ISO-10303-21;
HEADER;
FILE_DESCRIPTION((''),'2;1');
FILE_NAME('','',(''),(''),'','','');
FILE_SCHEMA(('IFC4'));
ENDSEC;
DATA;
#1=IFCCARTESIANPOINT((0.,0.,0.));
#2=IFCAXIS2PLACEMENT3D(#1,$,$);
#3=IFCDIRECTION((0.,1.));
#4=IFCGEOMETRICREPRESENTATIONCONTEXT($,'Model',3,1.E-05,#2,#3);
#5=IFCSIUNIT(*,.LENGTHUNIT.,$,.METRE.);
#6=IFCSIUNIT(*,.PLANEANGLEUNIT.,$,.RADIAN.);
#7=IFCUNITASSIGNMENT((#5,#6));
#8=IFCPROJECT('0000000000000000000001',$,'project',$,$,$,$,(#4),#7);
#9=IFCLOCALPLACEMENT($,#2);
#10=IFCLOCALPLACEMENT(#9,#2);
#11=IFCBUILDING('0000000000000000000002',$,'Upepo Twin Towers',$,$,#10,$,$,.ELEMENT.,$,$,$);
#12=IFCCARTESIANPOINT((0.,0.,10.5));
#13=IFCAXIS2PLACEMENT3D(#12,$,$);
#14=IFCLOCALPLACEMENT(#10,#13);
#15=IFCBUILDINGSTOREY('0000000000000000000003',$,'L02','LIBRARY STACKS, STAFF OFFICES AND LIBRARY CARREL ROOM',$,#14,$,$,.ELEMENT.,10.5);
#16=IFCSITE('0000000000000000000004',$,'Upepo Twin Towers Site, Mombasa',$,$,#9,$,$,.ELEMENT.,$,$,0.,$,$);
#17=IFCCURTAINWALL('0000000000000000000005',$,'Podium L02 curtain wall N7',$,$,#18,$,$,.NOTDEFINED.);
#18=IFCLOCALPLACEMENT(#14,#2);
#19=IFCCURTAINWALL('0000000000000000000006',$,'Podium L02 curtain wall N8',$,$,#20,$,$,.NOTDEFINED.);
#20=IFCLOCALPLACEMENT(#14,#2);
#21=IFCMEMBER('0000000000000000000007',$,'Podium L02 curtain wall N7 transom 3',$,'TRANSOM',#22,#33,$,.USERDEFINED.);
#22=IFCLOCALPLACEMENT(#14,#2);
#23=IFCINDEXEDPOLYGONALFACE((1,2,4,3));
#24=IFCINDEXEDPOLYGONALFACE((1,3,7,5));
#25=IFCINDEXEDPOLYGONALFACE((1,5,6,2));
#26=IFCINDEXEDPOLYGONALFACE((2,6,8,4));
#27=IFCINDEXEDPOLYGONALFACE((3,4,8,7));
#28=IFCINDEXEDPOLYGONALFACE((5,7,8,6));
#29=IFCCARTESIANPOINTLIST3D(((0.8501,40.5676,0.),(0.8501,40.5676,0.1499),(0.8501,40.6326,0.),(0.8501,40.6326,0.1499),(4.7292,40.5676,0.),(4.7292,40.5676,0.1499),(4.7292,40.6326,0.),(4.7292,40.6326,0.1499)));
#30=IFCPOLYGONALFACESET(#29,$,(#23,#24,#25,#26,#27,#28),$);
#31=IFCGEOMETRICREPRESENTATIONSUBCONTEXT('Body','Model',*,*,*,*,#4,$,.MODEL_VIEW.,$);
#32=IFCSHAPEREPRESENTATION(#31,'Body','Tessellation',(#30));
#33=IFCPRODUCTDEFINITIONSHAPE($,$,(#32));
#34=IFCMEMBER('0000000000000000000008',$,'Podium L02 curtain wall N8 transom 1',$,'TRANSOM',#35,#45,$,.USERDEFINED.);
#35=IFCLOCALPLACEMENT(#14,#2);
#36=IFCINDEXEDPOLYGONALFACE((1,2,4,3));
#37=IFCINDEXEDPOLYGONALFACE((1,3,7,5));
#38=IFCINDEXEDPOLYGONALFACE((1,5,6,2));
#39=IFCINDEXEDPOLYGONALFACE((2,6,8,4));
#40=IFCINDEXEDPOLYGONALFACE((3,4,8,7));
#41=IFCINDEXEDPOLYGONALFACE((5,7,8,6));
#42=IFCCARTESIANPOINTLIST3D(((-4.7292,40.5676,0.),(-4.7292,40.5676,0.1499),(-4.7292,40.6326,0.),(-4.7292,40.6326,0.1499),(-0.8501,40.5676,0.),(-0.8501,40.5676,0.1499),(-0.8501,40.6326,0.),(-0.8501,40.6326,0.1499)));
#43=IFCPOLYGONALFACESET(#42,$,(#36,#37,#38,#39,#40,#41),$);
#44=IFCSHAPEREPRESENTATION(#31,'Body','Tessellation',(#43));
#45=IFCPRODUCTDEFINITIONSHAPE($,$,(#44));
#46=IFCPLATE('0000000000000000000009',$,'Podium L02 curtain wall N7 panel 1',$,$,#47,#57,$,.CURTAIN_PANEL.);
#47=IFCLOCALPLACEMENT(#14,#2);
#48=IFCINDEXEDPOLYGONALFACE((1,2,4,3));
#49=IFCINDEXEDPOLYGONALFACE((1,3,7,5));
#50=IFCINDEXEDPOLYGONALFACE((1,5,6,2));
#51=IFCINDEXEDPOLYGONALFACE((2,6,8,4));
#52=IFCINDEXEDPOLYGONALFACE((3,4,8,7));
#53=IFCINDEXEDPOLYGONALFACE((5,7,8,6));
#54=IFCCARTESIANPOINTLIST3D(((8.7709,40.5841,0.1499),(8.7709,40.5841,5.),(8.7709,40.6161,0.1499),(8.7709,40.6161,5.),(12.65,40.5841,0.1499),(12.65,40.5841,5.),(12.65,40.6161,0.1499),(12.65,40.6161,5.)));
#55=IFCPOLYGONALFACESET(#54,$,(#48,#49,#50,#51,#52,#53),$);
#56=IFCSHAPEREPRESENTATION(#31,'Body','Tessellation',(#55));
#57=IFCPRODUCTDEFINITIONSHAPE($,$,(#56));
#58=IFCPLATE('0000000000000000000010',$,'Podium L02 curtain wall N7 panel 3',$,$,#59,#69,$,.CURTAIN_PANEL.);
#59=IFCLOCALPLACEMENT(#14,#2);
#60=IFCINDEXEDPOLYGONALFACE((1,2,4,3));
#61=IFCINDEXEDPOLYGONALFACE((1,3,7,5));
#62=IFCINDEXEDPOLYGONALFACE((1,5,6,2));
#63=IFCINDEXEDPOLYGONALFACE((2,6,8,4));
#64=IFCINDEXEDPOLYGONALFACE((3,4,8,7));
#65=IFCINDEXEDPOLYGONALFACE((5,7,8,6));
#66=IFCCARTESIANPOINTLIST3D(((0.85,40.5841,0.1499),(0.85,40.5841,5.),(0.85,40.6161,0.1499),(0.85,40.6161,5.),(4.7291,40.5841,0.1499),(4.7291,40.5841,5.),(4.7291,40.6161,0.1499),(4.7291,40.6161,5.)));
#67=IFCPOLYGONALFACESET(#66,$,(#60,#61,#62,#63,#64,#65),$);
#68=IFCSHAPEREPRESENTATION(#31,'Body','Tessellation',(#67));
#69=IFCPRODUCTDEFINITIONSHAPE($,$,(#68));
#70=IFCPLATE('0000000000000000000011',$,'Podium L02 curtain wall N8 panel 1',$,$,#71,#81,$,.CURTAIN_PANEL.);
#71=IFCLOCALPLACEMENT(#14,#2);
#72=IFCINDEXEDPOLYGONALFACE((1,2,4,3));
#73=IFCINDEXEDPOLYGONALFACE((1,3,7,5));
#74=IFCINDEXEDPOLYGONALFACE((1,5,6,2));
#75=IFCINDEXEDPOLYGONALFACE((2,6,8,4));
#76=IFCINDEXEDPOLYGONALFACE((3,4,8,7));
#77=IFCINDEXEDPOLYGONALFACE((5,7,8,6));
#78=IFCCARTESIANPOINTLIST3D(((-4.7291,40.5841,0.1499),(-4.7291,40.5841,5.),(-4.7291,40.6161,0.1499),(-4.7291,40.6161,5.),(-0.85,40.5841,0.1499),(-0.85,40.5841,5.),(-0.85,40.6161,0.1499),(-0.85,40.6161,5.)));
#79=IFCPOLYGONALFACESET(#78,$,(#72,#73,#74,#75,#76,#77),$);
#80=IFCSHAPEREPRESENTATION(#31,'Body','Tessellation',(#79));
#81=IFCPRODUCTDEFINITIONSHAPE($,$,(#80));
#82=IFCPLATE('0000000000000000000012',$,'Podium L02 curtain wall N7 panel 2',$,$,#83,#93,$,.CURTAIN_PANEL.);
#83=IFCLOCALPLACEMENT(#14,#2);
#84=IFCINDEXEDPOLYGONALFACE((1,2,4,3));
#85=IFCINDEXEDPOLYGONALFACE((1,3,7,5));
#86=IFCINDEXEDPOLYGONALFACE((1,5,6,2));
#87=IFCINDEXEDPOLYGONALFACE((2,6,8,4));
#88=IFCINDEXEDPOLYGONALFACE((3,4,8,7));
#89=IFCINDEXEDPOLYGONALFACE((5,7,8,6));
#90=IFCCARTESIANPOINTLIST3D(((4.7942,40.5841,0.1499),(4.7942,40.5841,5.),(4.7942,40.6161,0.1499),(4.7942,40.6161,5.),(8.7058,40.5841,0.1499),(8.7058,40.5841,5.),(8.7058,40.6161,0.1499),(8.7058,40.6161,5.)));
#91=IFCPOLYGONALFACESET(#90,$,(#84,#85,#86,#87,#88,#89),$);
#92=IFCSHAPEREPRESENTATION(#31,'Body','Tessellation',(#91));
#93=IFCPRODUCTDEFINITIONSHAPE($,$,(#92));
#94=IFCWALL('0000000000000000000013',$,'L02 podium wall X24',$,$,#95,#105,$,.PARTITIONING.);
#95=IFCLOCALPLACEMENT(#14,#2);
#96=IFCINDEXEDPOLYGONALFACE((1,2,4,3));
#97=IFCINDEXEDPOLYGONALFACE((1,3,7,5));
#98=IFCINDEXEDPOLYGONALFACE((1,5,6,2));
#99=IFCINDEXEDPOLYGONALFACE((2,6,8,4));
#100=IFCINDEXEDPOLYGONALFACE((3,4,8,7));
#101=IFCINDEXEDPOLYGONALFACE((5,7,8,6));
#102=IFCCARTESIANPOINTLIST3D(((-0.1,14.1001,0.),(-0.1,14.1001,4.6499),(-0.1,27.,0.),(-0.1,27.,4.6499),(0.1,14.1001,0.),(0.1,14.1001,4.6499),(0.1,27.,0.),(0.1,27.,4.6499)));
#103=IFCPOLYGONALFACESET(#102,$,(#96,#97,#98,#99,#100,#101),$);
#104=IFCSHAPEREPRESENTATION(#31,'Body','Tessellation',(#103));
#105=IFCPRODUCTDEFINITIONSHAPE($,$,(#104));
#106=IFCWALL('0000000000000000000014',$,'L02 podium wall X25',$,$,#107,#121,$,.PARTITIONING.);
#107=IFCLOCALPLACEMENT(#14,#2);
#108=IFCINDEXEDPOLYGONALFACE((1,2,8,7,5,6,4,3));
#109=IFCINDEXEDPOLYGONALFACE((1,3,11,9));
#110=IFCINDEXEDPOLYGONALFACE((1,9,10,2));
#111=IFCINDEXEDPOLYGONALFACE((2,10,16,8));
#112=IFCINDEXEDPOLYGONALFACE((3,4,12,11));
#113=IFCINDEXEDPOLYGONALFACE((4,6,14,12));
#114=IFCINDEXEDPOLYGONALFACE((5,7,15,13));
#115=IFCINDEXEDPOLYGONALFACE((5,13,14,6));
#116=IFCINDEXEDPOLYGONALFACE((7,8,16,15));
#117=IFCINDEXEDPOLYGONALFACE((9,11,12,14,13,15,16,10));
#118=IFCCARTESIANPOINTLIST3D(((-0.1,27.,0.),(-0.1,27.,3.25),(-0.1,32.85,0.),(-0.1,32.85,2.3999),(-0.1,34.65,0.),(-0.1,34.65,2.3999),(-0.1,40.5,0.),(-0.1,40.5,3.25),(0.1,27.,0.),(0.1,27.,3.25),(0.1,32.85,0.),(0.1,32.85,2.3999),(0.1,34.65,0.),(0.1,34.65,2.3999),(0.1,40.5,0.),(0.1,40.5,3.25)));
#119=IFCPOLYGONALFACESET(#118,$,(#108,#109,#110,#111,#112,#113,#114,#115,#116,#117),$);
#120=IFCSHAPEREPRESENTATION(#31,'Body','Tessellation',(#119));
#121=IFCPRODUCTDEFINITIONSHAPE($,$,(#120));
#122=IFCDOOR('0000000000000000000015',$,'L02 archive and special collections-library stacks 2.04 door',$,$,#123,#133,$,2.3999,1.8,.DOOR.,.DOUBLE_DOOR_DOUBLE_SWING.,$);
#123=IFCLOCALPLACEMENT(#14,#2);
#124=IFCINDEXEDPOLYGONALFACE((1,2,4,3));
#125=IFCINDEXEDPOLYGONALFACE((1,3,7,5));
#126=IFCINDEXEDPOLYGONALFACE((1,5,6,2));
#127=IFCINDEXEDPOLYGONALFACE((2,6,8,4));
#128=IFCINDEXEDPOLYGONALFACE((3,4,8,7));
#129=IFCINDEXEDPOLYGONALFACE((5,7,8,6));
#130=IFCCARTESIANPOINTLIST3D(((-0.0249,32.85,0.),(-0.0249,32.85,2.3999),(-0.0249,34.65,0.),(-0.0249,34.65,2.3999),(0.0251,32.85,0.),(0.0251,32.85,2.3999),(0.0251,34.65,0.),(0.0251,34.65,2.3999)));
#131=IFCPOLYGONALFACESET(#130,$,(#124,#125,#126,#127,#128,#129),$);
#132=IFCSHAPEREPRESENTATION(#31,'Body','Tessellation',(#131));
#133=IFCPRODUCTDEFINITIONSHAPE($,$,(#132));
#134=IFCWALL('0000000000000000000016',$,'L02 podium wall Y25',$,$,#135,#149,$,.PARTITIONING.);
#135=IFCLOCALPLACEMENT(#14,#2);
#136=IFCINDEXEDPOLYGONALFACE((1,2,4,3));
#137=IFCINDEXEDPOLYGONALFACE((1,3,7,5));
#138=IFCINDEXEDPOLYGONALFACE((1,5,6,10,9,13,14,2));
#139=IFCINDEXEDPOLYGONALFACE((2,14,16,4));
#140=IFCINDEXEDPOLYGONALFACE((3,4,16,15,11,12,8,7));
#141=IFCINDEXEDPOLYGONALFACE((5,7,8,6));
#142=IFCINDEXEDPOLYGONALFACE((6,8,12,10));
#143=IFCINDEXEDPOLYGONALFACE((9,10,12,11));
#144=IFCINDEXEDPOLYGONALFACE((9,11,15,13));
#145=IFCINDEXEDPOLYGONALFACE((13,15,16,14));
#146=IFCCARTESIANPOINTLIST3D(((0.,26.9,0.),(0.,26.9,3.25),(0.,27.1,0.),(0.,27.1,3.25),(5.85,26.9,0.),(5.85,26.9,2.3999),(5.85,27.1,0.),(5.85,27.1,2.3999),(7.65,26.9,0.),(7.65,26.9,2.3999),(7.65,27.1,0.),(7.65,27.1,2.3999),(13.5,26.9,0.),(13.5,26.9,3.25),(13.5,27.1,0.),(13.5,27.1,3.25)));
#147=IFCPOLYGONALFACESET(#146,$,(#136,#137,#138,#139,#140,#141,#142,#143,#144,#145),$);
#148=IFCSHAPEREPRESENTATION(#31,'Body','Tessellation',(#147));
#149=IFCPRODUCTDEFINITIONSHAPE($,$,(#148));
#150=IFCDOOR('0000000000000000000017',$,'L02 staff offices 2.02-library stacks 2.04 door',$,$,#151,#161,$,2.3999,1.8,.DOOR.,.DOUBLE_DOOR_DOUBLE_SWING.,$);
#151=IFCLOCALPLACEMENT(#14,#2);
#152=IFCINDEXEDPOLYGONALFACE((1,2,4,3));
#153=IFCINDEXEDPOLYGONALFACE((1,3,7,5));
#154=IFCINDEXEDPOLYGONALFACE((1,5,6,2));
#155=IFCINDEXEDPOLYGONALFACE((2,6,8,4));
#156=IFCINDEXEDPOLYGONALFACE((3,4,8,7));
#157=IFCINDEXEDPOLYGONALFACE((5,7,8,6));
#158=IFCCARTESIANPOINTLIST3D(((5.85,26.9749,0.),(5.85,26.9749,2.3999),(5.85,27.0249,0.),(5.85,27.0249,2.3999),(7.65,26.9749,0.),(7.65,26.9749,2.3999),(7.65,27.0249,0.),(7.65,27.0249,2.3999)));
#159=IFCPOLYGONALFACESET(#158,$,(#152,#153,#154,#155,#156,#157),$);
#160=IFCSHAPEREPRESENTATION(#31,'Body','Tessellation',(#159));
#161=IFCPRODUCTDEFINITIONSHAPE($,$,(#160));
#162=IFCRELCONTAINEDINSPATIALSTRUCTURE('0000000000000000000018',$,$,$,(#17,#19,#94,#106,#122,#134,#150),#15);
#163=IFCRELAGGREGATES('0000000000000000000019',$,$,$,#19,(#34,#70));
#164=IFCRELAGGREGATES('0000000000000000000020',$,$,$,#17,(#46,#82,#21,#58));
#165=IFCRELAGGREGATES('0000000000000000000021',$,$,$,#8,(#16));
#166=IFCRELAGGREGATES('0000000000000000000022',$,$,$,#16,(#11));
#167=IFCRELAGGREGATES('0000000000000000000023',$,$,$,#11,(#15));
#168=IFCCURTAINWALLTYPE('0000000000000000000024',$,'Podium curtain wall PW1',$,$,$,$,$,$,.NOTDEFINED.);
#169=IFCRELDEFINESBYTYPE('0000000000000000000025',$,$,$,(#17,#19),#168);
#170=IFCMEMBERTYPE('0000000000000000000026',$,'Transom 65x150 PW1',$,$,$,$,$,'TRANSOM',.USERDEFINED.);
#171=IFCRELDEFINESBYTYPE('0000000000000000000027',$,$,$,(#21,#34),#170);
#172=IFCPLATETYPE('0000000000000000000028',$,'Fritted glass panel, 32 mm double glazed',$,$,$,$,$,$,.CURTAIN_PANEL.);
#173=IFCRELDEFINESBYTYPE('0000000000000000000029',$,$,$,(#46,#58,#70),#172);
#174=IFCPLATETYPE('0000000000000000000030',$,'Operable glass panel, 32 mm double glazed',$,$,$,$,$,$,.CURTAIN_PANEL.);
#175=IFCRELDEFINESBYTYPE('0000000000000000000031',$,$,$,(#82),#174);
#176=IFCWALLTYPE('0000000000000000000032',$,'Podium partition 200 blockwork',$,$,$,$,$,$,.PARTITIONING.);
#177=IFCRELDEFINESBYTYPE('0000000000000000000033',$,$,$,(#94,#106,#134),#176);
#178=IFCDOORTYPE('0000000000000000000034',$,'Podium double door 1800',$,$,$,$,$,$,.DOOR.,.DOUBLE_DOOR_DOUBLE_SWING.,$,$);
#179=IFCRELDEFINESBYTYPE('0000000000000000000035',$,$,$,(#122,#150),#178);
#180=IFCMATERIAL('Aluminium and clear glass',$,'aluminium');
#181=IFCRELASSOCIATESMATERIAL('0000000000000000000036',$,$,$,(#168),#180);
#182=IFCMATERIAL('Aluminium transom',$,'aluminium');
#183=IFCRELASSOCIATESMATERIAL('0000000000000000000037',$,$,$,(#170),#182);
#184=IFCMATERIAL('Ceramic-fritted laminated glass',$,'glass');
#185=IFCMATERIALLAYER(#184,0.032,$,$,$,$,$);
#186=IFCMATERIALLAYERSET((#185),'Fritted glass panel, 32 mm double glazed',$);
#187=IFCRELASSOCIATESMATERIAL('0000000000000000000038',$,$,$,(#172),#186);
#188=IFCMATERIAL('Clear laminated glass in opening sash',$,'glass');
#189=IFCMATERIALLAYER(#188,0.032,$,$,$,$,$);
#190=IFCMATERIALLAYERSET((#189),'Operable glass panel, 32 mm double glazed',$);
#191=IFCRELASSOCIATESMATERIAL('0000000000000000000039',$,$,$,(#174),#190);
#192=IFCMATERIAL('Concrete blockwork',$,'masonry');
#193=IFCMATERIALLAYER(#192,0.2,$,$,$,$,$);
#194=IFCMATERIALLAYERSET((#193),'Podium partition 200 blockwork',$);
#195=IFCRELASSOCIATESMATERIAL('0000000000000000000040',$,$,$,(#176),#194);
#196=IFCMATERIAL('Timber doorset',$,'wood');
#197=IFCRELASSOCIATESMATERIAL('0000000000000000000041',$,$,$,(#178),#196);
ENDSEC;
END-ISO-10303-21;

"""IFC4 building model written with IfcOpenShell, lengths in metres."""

from ifc_helpers import new_model, si_unit, direction, frame, frame_2d, origin, origin_2d, place, context, subcontext, project, spatial, rectangle, extrude, material, layer, layer_set, material_profile, profile_set, type_object, element, fill, aggregate, save


model = new_model("IFC4")

# Units and contexts
model_context = context("Model", 3, precision=1e-05, world=origin(), true_north=direction((0.0, 1.0)))
body_context = subcontext(model_context, "Body", "Model", "MODEL_VIEW")
ifc_project = project(units=[si_unit("LENGTHUNIT", "METRE"), si_unit("PLANEANGLEUNIT", "RADIAN")], contexts=[model_context])

# Site, building, storey
site_placement = place(None, origin())
site = spatial("IfcSite", under=ifc_project, at=site_placement, Name="Upepo Twin Towers Site, Mombasa", CompositionType="ELEMENT", RefElevation=0.0)
building_placement = place(site_placement, origin())
building = spatial("IfcBuilding", under=site, at=building_placement, Name="Upepo Twin Towers", CompositionType="ELEMENT")
storey_placement = place(building_placement, frame((0.0, 0.0, 10.5)))
storey = spatial("IfcBuildingStorey", under=building, at=storey_placement, Name="L02", Description="LIBRARY STACKS, STAFF OFFICES AND LIBRARY CARREL ROOM", CompositionType="ELEMENT", Elevation=10.5)

# Curtain wall
ifc_material_1 = material(Name="Aluminium and clear glass", Category="aluminium")
curtain_wall_type = type_object("IfcCurtainWallType", Name="Podium curtain wall PW1", PredefinedType="NOTDEFINED", material=ifc_material_1)
curtain_wall_1_placement = place(storey_placement, origin())
curtain_wall_1 = element("IfcCurtainWall", 1, at=curtain_wall_1_placement, inside=storey, type_object=curtain_wall_type, Name="Podium L02 curtain wall N7", PredefinedType="NOTDEFINED")

# Curtain wall
curtain_wall_2_placement = place(storey_placement, origin())
curtain_wall_2 = element("IfcCurtainWall", 2, at=curtain_wall_2_placement, inside=storey, type_object=curtain_wall_type, Name="Podium L02 curtain wall N8", PredefinedType="NOTDEFINED")

# Members
ifc_material_2 = material(Name="Aluminium transom", Category="aluminium")
ifc_material_profile_1 = material_profile(ifc_material_2, rectangle(XDim=0.0649, YDim=0.1499, at=origin_2d()), Name="TRANSOM 65x150 PODIUM")
ifc_profile_set_1 = profile_set([ifc_material_profile_1], Name="Aluminium transom")
member_type_1 = type_object("IfcMemberType", Name="Transom 65x150 PW1", ElementType="TRANSOM", PredefinedType="USERDEFINED", material=ifc_profile_set_1)
member_1_placement = place(storey_placement, frame((4.7292, 40.6001, 0.075), z_axis=(-1.0, 0.0, 0.0), x_axis=(0.0, -1.0, 0.0)))
member_1 = element("IfcMember", 3, at=member_1_placement, type_object=member_type_1, Name="Podium L02 curtain wall N7 transom 3", ObjectType="TRANSOM", PredefinedType="USERDEFINED", context=body_context, shape_type="SweptSolid", body=[
    extrude(rectangle(XDim=0.0649, YDim=0.1499, at=origin_2d()), origin(), (0.0, 0.0, 1.0), 3.8792),
])
member_2_placement = place(storey_placement, frame((-0.8501, 40.6001, 0.075), z_axis=(-1.0, 0.0, 0.0), x_axis=(0.0, -1.0, 0.0)))
member_2 = element("IfcMember", 4, at=member_2_placement, type_object=member_type_1, Name="Podium L02 curtain wall N8 transom 1", ObjectType="TRANSOM", PredefinedType="USERDEFINED", context=body_context, shape_type="SweptSolid", body=[
    extrude(rectangle(XDim=0.0649, YDim=0.1499, at=origin_2d()), origin(), (0.0, 0.0, 1.0), 3.8792),
])

# Plates
ifc_material_3 = material(Name="Ceramic-fritted laminated glass", Category="glass")
ifc_layer_1 = layer(ifc_material_3, 0.032)
ifc_layer_set_1 = layer_set([ifc_layer_1], Name="Fritted glass panel, 32 mm double glazed")
plate_type_1 = type_object("IfcPlateType", Name="Fritted glass panel, 32 mm double glazed", PredefinedType="CURTAIN_PANEL", material=ifc_layer_set_1)
plate_1_placement = place(storey_placement, frame((10.7104, 40.6001, 0.1499), z_axis=(0.0, 0.0, 1.0), x_axis=(-1.0, 0.0, 0.0)))
plate_1 = element("IfcPlate", 5, at=plate_1_placement, type_object=plate_type_1, Name="Podium L02 curtain wall N7 panel 1", PredefinedType="CURTAIN_PANEL", context=body_context, shape_type="SweptSolid", body=[
    extrude(rectangle(XDim=3.8792, YDim=0.032, at=origin_2d()), origin(), (0.0, 0.0, 1.0), 4.8501),
])
plate_2_placement = place(storey_placement, frame((2.7896, 40.6001, 0.1499), z_axis=(0.0, 0.0, 1.0), x_axis=(-1.0, 0.0, 0.0)))
plate_2 = element("IfcPlate", 6, at=plate_2_placement, type_object=plate_type_1, Name="Podium L02 curtain wall N7 panel 3", PredefinedType="CURTAIN_PANEL", context=body_context, shape_type="SweptSolid", body=[
    extrude(rectangle(XDim=3.8792, YDim=0.032, at=origin_2d()), origin(), (0.0, 0.0, 1.0), 4.8501),
])
plate_3_placement = place(storey_placement, frame((-2.7896, 40.6001, 0.1499), z_axis=(0.0, 0.0, 1.0), x_axis=(-1.0, 0.0, 0.0)))
plate_3 = element("IfcPlate", 7, at=plate_3_placement, type_object=plate_type_1, Name="Podium L02 curtain wall N8 panel 1", PredefinedType="CURTAIN_PANEL", context=body_context, shape_type="SweptSolid", body=[
    extrude(rectangle(XDim=3.8792, YDim=0.032, at=origin_2d()), origin(), (0.0, 0.0, 1.0), 4.8501),
])
aggregate(curtain_wall_2, [member_2, plate_3])
ifc_material_4 = material(Name="Clear laminated glass in opening sash", Category="glass")
ifc_layer_2 = layer(ifc_material_4, 0.032)
ifc_layer_set_2 = layer_set([ifc_layer_2], Name="Operable glass panel, 32 mm double glazed")
plate_type_2 = type_object("IfcPlateType", Name="Operable glass panel, 32 mm double glazed", PredefinedType="CURTAIN_PANEL", material=ifc_layer_set_2)
plate_4_placement = place(storey_placement, frame((6.75, 40.6001, 0.1499), z_axis=(0.0, 0.0, 1.0), x_axis=(-1.0, 0.0, 0.0)))
plate_4 = element("IfcPlate", 8, at=plate_4_placement, type_object=plate_type_2, Name="Podium L02 curtain wall N7 panel 2", PredefinedType="CURTAIN_PANEL", context=body_context, shape_type="SweptSolid", body=[
    extrude(rectangle(XDim=3.9116, YDim=0.032, at=origin_2d()), origin(), (0.0, 0.0, 1.0), 4.8501),
])
aggregate(curtain_wall_1, [plate_1, plate_4, member_1, plate_2])

# Wall
ifc_material_5 = material(Name="Concrete blockwork", Category="masonry")
ifc_layer_3 = layer(ifc_material_5, 0.2)
ifc_layer_set_3 = layer_set([ifc_layer_3], Name="Podium partition 200 blockwork")
wall_type = type_object("IfcWallType", Name="Podium partition 200 blockwork", PredefinedType="PARTITIONING", material=ifc_layer_set_3)
wall_1_placement = place(storey_placement, frame((0.0, 14.1001, 0.0), z_axis=(0.0, 0.0, 1.0), x_axis=(0.0, 1.0, 0.0)))
element("IfcWall", 9, at=wall_1_placement, inside=storey, type_object=wall_type, Name="L02 podium wall X24", PredefinedType="PARTITIONING", context=body_context, shape_type="SweptSolid", body=[
    extrude(rectangle(XDim=12.8999, YDim=0.2, at=frame_2d((6.45, 0.0))), origin(), (0.0, 0.0, 1.0), 4.6499),
])

# Walls, openings, doors
wall_2_placement = place(storey_placement, frame((0.0, 27.0, 0.0), z_axis=(0.0, 0.0, 1.0), x_axis=(0.0, 1.0, 0.0)))
wall_2 = element("IfcWall", 10, at=wall_2_placement, inside=storey, type_object=wall_type, Name="L02 podium wall X25", PredefinedType="PARTITIONING", context=body_context, shape_type="SweptSolid", body=[
    extrude(rectangle(XDim=13.5, YDim=0.2, at=frame_2d((6.75, 0.0))), origin(), (0.0, 0.0, 1.0), 3.25),
])
opening_1_placement = place(wall_2_placement, frame((5.8501, 0.0, 0.0)))
opening_1 = element("IfcOpeningElement", 11, at=opening_1_placement, cuts=wall_2, PredefinedType="OPENING", context=body_context, shape_type="SweptSolid", body=[
    extrude(rectangle(XDim=1.8, YDim=2.3999, at=frame_2d((0.8999, 1.2))), frame((0.0, 0.1099, 0.0), z_axis=(0.0, -1.0, 0.0), x_axis=(1.0, 0.0, 0.0)), (0.0, 0.0, 1.0), 0.22),
])
ifc_material_6 = material(Name="Timber doorset", Category="wood")
door_type = type_object("IfcDoorType", Name="Podium double door 1800", OperationType="DOUBLE_DOOR_DOUBLE_SWING", PredefinedType="DOOR", material=ifc_material_6)
door_1_placement = place(opening_1_placement, origin())
door_1 = element("IfcDoor", 12, at=door_1_placement, inside=storey, type_object=door_type, Name="L02 archive and special collections-library stacks 2.04 door", OperationType="DOUBLE_DOOR_DOUBLE_SWING", OverallHeight=2.3999, OverallWidth=1.8, PredefinedType="DOOR", context=body_context, shape_type="SweptSolid", body=[
    extrude(rectangle(XDim=1.8, YDim=2.3999, at=frame_2d((0.8999, 1.2))), frame((0.0, 0.0249, 0.0), z_axis=(0.0, -1.0, 0.0), x_axis=(1.0, 0.0, 0.0)), (0.0, 0.0, 1.0), 0.05),
])
fill(opening_1, door_1)
wall_3_placement = place(storey_placement, frame((0.0, 27.0, 0.0), z_axis=(0.0, 0.0, 1.0), x_axis=(1.0, 0.0, 0.0)))
wall_3 = element("IfcWall", 13, at=wall_3_placement, inside=storey, type_object=wall_type, Name="L02 podium wall Y25", PredefinedType="PARTITIONING", context=body_context, shape_type="SweptSolid", body=[
    extrude(rectangle(XDim=13.5, YDim=0.2, at=frame_2d((6.75, 0.0))), origin(), (0.0, 0.0, 1.0), 3.25),
])
opening_2_placement = place(wall_3_placement, frame((5.8501, 0.0, 0.0)))
opening_2 = element("IfcOpeningElement", 14, at=opening_2_placement, cuts=wall_3, PredefinedType="OPENING", context=body_context, shape_type="SweptSolid", body=[
    extrude(rectangle(XDim=1.8, YDim=2.3999, at=frame_2d((0.8999, 1.2))), frame((0.0, 0.1099, 0.0), z_axis=(0.0, -1.0, 0.0), x_axis=(1.0, 0.0, 0.0)), (0.0, 0.0, 1.0), 0.22),
])
door_2_placement = place(opening_2_placement, origin())
door_2 = element("IfcDoor", 15, at=door_2_placement, inside=storey, type_object=door_type, Name="L02 staff offices 2.02-library stacks 2.04 door", OperationType="DOUBLE_DOOR_DOUBLE_SWING", OverallHeight=2.3999, OverallWidth=1.8, PredefinedType="DOOR", context=body_context, shape_type="SweptSolid", body=[
    extrude(rectangle(XDim=1.8, YDim=2.3999, at=frame_2d((0.8999, 1.2))), frame((0.0, 0.0249, 0.0), z_axis=(0.0, -1.0, 0.0), x_axis=(1.0, 0.0, 0.0)), (0.0, 0.0, 1.0), 0.05),
])
fill(opening_2, door_2)

save(model, "model.ifc")
